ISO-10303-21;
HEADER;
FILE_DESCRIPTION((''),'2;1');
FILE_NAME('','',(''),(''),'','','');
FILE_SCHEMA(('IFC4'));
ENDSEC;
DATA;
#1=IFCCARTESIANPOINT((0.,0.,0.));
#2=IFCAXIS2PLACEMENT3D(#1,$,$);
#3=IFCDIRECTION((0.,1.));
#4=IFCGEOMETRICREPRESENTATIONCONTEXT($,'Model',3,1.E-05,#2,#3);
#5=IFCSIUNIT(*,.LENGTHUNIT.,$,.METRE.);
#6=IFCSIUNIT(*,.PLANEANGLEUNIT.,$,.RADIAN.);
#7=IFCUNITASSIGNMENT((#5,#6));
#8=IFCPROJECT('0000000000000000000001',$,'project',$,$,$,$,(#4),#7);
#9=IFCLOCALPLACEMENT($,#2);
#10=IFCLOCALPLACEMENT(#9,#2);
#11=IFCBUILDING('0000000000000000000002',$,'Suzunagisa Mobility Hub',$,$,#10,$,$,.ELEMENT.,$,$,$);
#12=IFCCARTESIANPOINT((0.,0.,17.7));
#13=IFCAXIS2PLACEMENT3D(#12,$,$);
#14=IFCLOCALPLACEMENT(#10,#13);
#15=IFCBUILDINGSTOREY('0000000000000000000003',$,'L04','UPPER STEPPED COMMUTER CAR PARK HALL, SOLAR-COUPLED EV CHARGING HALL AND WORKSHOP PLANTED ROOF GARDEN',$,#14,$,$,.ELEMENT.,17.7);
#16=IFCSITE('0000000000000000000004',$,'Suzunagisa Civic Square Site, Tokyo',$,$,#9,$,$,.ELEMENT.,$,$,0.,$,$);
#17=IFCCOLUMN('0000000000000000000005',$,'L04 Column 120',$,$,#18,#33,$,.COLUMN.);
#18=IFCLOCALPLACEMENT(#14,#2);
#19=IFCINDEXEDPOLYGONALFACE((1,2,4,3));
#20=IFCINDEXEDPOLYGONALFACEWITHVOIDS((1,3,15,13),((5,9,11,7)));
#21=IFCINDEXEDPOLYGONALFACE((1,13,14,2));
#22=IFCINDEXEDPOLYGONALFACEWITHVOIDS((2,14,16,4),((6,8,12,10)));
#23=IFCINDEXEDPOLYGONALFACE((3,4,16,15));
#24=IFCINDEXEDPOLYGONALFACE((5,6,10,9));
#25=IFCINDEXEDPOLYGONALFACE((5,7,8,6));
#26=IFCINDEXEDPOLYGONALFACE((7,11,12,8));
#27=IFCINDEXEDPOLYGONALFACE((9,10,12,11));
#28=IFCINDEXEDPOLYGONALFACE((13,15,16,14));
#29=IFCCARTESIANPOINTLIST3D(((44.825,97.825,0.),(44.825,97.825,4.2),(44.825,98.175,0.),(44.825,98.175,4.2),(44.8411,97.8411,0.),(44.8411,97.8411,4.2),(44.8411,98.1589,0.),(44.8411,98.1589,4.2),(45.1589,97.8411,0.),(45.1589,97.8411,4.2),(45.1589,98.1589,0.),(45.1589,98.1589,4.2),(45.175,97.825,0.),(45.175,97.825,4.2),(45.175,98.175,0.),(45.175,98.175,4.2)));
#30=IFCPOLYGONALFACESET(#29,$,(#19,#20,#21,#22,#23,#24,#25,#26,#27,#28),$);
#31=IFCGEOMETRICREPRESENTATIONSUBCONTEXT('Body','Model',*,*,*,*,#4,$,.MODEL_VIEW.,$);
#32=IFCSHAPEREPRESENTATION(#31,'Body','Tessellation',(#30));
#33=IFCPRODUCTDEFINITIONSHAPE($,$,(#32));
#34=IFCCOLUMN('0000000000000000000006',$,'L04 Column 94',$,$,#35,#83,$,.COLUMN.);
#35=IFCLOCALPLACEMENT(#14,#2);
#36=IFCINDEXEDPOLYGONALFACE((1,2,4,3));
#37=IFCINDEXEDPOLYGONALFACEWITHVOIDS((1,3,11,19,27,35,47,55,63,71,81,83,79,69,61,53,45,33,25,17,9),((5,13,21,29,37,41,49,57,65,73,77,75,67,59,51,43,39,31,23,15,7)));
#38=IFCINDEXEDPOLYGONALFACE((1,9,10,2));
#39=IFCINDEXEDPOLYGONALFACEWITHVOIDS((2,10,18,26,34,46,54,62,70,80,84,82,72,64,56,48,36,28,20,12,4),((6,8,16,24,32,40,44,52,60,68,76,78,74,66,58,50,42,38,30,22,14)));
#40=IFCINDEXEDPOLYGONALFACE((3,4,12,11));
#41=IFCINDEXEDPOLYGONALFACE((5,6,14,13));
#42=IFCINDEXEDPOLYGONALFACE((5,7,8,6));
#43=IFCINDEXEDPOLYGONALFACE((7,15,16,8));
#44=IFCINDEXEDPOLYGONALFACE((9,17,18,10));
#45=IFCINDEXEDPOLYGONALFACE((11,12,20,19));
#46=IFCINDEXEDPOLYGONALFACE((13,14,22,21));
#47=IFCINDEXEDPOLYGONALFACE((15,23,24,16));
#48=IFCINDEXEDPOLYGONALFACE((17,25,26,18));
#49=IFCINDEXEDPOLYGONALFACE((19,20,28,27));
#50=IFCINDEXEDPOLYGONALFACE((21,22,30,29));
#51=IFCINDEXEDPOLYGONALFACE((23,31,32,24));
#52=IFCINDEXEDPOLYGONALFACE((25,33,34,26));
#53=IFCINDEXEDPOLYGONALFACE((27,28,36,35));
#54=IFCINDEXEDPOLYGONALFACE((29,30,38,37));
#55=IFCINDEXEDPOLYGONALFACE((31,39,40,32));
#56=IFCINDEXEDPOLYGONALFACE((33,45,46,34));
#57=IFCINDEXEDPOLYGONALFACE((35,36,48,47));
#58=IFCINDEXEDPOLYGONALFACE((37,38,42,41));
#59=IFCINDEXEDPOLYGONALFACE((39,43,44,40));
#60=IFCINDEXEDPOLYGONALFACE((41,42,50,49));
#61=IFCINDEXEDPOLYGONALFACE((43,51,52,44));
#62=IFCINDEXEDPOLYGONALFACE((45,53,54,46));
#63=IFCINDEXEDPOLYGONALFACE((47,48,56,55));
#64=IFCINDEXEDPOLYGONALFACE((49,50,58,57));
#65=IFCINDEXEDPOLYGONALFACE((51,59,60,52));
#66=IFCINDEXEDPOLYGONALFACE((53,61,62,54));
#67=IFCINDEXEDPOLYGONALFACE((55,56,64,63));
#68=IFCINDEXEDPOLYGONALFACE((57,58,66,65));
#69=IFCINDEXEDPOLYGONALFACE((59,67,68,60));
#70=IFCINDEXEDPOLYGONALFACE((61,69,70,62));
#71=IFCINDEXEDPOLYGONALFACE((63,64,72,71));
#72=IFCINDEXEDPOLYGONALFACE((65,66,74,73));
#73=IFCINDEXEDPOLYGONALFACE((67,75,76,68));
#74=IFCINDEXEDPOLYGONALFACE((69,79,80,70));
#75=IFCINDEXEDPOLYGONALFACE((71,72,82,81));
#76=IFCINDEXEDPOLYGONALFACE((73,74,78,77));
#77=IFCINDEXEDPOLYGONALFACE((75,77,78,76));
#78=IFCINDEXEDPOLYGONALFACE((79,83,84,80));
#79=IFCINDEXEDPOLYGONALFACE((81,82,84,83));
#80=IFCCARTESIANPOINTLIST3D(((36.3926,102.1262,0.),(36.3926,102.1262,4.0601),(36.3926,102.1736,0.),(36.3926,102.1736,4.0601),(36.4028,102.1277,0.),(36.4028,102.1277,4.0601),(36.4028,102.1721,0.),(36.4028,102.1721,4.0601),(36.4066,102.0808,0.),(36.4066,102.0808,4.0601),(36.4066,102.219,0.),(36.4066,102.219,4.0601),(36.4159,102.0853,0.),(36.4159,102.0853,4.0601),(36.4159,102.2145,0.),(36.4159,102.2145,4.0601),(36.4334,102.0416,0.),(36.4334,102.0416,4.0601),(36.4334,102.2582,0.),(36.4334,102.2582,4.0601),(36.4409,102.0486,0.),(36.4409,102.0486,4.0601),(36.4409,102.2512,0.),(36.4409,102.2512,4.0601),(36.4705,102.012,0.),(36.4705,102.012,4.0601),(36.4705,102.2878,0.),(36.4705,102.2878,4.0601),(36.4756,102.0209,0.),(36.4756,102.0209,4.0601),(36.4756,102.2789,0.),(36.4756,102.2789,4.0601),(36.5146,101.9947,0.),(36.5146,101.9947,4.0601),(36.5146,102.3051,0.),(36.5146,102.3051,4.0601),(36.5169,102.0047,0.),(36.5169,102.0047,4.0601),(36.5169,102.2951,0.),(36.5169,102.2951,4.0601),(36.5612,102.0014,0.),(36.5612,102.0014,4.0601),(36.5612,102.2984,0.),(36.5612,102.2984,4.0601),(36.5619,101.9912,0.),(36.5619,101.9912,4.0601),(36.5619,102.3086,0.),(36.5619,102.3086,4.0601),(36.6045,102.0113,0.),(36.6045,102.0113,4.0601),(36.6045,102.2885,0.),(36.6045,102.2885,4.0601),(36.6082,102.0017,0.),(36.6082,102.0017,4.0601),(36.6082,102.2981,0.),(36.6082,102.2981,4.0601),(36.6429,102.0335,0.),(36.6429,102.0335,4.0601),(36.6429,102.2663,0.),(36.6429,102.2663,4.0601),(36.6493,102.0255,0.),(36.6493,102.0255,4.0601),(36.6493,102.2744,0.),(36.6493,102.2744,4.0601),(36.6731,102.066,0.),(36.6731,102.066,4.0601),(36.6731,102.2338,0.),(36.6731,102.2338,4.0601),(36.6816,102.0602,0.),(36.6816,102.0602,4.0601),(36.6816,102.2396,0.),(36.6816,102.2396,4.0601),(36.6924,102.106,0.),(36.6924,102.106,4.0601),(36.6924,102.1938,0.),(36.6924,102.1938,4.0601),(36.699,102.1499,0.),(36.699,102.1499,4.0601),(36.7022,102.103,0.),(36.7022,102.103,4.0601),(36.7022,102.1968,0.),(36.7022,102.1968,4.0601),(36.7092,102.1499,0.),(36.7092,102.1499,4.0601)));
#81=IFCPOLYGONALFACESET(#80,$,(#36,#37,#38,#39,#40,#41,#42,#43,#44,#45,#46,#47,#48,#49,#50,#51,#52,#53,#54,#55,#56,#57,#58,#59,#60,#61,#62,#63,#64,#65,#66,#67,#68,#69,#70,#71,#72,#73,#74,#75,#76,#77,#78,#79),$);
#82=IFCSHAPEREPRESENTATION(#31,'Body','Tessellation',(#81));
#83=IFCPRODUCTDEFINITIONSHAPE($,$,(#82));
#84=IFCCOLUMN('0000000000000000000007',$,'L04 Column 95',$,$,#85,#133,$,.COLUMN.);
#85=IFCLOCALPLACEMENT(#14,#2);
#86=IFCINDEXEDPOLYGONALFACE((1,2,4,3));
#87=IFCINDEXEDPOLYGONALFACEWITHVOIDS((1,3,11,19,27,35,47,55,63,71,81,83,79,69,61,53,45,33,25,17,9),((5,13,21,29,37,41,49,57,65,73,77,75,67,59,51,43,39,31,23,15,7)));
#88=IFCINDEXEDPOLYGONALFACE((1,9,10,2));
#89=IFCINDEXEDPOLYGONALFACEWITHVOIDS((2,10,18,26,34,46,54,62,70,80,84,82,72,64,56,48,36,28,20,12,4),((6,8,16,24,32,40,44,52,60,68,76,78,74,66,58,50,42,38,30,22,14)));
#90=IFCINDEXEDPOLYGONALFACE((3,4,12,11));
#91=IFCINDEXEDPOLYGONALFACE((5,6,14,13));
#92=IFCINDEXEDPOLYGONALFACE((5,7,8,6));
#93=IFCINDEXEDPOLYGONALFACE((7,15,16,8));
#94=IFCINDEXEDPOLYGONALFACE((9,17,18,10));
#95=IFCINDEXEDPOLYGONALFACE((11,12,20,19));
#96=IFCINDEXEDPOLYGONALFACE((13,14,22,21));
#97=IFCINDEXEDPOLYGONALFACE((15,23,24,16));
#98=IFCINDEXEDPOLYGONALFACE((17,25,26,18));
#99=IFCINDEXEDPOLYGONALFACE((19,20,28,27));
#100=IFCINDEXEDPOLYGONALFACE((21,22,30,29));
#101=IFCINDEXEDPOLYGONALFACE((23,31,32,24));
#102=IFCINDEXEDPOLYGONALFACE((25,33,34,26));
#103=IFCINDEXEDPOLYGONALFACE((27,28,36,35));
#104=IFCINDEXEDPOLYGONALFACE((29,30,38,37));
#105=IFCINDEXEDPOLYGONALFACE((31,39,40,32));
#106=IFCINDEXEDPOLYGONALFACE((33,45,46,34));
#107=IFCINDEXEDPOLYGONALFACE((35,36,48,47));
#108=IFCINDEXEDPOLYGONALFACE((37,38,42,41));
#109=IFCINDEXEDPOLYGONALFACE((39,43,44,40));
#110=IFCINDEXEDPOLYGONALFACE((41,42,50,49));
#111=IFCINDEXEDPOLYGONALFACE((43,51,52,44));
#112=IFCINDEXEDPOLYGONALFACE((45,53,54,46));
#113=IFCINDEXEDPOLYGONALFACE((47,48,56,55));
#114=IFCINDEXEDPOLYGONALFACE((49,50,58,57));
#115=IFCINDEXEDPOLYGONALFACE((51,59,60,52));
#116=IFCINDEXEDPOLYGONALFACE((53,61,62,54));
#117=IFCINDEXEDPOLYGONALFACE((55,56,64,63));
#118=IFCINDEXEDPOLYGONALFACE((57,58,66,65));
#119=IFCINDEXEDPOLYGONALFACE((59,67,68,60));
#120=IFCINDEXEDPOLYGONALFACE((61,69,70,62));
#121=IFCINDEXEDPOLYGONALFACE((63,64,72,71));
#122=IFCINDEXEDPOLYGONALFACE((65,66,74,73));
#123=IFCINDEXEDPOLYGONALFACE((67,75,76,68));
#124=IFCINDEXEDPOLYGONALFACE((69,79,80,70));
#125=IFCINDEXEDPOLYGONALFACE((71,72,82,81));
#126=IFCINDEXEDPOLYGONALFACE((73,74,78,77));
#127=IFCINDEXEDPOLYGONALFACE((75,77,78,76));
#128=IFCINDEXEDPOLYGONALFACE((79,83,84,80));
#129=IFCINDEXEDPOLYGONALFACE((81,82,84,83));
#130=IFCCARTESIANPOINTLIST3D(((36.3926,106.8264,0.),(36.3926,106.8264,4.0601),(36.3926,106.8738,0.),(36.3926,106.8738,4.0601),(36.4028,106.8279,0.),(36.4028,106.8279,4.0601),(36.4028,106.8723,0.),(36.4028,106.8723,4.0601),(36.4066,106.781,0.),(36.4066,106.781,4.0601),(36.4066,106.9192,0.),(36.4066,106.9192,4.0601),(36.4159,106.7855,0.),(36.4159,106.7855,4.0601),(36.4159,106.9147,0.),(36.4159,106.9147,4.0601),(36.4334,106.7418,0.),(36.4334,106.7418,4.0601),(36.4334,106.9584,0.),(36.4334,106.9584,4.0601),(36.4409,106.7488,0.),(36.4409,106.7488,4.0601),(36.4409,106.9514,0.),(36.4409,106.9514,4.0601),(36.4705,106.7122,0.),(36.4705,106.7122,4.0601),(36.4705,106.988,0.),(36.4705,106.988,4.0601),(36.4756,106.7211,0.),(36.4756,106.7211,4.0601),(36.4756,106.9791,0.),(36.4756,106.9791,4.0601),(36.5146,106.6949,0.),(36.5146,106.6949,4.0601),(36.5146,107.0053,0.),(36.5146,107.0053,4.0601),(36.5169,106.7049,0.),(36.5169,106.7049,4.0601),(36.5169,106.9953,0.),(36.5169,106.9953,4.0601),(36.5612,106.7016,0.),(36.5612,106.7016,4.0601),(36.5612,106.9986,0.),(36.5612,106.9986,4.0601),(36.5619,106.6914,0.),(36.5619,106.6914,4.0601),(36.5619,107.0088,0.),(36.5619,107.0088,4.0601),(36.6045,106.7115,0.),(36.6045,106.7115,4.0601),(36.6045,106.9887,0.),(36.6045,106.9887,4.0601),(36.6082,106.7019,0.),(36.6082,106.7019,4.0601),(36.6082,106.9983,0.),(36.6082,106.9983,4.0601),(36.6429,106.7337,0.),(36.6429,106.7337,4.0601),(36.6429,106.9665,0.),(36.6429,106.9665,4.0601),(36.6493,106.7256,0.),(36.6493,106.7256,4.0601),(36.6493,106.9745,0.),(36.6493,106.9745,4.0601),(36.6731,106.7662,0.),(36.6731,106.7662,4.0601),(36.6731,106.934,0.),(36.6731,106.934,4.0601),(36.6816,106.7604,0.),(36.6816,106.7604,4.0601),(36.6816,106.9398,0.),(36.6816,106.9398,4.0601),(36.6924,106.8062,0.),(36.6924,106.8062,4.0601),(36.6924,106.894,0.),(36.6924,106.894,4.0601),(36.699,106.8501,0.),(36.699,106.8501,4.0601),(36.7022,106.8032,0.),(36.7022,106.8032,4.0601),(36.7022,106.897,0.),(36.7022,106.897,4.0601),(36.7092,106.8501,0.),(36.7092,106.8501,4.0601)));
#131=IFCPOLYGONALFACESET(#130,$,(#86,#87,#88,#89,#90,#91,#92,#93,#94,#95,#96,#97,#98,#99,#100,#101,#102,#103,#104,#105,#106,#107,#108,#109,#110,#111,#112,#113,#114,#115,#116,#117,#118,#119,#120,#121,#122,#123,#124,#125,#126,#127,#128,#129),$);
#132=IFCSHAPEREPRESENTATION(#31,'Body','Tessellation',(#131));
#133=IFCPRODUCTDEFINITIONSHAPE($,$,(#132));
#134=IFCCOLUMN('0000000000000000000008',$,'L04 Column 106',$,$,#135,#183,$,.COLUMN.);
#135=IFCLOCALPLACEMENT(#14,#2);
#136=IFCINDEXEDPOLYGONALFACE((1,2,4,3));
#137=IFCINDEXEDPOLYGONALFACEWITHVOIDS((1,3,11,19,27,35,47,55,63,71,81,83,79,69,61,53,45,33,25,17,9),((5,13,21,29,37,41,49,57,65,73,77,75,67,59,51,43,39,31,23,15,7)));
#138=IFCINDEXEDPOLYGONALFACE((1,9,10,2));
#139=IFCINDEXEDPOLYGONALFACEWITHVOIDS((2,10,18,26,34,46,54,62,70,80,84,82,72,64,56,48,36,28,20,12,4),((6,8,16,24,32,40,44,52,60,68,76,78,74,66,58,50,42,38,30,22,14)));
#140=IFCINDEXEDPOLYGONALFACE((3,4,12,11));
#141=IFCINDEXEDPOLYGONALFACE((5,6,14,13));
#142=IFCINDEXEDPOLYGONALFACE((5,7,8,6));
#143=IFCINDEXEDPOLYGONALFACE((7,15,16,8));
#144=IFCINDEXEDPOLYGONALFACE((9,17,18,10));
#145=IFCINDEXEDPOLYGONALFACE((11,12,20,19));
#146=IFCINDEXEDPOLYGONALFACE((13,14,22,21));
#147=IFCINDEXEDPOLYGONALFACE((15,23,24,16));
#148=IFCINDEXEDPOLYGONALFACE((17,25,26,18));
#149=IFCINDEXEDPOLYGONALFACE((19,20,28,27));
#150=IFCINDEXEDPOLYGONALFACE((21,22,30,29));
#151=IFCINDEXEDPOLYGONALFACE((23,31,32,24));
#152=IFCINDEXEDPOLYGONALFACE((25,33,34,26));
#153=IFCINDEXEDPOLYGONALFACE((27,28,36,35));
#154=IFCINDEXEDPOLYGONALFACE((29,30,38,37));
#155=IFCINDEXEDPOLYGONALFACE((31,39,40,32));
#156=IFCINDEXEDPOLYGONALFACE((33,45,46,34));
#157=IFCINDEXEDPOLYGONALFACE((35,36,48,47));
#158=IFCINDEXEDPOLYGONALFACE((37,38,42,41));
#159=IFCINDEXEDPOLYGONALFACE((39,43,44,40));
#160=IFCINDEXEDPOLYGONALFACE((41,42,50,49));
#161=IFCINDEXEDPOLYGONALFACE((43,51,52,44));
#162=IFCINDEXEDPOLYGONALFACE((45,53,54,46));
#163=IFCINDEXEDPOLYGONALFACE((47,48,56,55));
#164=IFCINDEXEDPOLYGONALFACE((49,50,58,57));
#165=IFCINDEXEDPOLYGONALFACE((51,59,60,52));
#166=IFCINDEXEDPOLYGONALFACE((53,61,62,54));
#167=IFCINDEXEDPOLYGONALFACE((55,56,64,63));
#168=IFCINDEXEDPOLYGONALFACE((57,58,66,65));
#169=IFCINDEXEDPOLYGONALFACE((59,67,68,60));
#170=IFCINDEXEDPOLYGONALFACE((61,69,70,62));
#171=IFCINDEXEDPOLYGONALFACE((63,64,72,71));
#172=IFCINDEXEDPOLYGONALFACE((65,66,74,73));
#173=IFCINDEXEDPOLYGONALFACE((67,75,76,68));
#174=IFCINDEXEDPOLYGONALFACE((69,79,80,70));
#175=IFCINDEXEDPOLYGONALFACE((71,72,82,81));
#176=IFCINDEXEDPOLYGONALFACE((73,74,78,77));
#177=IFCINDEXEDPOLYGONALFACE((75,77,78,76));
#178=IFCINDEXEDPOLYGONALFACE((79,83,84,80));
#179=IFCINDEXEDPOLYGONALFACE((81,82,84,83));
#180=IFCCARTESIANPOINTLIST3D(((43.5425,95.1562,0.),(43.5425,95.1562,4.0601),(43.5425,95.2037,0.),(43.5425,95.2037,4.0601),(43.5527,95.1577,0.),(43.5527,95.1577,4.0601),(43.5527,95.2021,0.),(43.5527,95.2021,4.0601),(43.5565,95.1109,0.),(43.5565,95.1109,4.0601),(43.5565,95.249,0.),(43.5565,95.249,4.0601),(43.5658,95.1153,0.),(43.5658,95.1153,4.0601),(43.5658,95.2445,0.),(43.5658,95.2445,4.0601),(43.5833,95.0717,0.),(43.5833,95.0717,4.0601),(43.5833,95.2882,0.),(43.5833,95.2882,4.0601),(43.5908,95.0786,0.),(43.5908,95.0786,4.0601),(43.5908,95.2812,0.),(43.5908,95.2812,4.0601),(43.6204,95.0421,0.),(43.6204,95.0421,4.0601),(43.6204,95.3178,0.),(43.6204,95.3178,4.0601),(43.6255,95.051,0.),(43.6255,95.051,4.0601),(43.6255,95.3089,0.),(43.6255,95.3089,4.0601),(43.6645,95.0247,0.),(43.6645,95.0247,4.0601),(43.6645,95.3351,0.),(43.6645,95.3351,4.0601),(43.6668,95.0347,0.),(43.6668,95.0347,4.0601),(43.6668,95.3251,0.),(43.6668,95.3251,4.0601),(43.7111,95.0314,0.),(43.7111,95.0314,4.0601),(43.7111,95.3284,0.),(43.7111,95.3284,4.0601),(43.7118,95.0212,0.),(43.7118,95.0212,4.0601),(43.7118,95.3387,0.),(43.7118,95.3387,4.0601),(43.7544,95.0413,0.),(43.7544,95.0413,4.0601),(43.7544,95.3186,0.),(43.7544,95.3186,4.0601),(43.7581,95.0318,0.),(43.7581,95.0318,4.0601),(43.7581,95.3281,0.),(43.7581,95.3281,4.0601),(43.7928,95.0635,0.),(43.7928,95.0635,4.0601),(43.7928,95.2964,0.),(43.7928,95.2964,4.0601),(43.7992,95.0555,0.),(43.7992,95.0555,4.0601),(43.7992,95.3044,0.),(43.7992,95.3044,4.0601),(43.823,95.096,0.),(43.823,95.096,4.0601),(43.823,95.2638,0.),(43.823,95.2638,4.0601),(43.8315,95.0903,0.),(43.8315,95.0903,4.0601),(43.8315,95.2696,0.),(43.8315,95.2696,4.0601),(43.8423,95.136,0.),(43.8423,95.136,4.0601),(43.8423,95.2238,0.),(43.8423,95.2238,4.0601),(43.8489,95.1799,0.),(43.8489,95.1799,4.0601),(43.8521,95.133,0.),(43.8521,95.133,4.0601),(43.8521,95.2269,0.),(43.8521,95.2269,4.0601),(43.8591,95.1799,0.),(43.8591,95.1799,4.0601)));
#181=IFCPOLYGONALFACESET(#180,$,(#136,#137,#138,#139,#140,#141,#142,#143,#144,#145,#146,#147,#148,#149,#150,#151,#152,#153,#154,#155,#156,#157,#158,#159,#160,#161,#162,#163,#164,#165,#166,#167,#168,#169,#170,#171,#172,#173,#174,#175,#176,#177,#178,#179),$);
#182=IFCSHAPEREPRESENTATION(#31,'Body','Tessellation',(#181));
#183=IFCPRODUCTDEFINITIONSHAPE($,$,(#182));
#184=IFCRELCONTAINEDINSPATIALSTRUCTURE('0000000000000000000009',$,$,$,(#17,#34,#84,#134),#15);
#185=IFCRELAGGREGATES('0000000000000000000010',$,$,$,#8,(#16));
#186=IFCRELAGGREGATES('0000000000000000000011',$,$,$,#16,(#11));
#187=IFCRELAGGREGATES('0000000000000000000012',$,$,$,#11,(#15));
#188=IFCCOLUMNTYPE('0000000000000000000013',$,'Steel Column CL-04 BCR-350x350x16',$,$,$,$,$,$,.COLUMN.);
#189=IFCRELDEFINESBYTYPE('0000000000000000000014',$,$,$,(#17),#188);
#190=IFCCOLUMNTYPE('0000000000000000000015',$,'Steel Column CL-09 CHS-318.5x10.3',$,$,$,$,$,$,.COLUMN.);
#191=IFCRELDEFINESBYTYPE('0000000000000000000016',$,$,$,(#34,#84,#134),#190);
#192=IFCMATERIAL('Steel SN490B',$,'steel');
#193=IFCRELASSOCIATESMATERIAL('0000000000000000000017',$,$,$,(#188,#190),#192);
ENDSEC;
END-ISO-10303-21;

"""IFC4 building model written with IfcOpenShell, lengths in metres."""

from ifc_helpers import new_model, si_unit, direction, frame, origin, origin_2d, place, context, subcontext, project, spatial, hollow_rectangle, hollow_circle, extrude, material, material_profile, profile_set, type_object, element, save


model = new_model("IFC4")

# Units and contexts
model_context = context("Model", 3, precision=1e-05, world=origin(), true_north=direction((0.0, 1.0)))
body_context = subcontext(model_context, "Body", "Model", "MODEL_VIEW")
ifc_project = project(units=[si_unit("LENGTHUNIT", "METRE"), si_unit("PLANEANGLEUNIT", "RADIAN")], contexts=[model_context])

# Site, building, storey
site_placement = place(None, origin())
site = spatial("IfcSite", under=ifc_project, at=site_placement, Name="Suzunagisa Civic Square Site, Tokyo", CompositionType="ELEMENT", RefElevation=0.0)
building_placement = place(site_placement, origin())
building = spatial("IfcBuilding", under=site, at=building_placement, Name="Suzunagisa Mobility Hub", CompositionType="ELEMENT")
storey_placement = place(building_placement, frame((0.0, 0.0, 17.7)))
storey = spatial("IfcBuildingStorey", under=building, at=storey_placement, Name="L04", Description="UPPER STEPPED COMMUTER CAR PARK HALL, SOLAR-COUPLED EV CHARGING HALL AND WORKSHOP PLANTED ROOF GARDEN", CompositionType="ELEMENT", Elevation=17.7)

# Columns
ifc_material_1 = material(Name="Steel SN490B", Category="steel")
ifc_material_profile_1 = material_profile(ifc_material_1, hollow_rectangle(XDim=0.3501, YDim=0.3501, WallThickness=0.0161, at=origin_2d()), Name="BCR-350x350x16")
ifc_profile_set_1 = profile_set([ifc_material_profile_1], Name="Steel SN490B")
column_type_1 = type_object("IfcColumnType", Name="Steel Column CL-04 BCR-350x350x16", PredefinedType="COLUMN", material=ifc_profile_set_1)
column_placement = place(storey_placement, frame((45.0, 98.0, 0.0), z_axis=(0.0, 0.0, 1.0), x_axis=(1.0, 0.0, 0.0)))
element("IfcColumn", 1, at=column_placement, inside=storey, type_object=column_type_1, Name="L04 Column 120", PredefinedType="COLUMN", context=body_context, shape_type="SweptSolid", body=[
    extrude(hollow_rectangle(XDim=0.3501, YDim=0.3501, WallThickness=0.0161, at=origin_2d()), origin(), (0.0, 0.0, 1.0), 4.2),
])
ifc_material_profile_2 = material_profile(ifc_material_1, hollow_circle(Radius=0.1592, WallThickness=0.0103, at=origin_2d()), Name="CHS-318.5x10.3")
ifc_profile_set_2 = profile_set([ifc_material_profile_2], Name="Steel SN490B")
column_type_2 = type_object("IfcColumnType", Name="Steel Column CL-09 CHS-318.5x10.3", PredefinedType="COLUMN", material=ifc_profile_set_2)
for number, where, z_axis, x_axis, name in (
    (2, (36.55, 102.1499, 0.0), (0.0, 0.0, 1.0), (1.0, 0.0, 0.0), "L04 Column 94"),
    (3, (36.55, 106.8501, 0.0), (0.0, 0.0, 1.0), (1.0, 0.0, 0.0), "L04 Column 95"),
    (4, (43.7, 95.1799, 0.0), (0.0, 0.0, 1.0), (1.0, 0.0, 0.0), "L04 Column 106"),
):
    element("IfcColumn", number, at=place(storey_placement, frame(where, z_axis=z_axis, x_axis=x_axis)), inside=storey, type_object=column_type_2, Name=name, PredefinedType="COLUMN", context=body_context, shape_type="SweptSolid", body=[
        extrude(hollow_circle(Radius=0.1592, WallThickness=0.0103, at=origin_2d()), origin(), (0.0, 0.0, 1.0), 4.0601),
    ])

save(model, "model.ifc")
